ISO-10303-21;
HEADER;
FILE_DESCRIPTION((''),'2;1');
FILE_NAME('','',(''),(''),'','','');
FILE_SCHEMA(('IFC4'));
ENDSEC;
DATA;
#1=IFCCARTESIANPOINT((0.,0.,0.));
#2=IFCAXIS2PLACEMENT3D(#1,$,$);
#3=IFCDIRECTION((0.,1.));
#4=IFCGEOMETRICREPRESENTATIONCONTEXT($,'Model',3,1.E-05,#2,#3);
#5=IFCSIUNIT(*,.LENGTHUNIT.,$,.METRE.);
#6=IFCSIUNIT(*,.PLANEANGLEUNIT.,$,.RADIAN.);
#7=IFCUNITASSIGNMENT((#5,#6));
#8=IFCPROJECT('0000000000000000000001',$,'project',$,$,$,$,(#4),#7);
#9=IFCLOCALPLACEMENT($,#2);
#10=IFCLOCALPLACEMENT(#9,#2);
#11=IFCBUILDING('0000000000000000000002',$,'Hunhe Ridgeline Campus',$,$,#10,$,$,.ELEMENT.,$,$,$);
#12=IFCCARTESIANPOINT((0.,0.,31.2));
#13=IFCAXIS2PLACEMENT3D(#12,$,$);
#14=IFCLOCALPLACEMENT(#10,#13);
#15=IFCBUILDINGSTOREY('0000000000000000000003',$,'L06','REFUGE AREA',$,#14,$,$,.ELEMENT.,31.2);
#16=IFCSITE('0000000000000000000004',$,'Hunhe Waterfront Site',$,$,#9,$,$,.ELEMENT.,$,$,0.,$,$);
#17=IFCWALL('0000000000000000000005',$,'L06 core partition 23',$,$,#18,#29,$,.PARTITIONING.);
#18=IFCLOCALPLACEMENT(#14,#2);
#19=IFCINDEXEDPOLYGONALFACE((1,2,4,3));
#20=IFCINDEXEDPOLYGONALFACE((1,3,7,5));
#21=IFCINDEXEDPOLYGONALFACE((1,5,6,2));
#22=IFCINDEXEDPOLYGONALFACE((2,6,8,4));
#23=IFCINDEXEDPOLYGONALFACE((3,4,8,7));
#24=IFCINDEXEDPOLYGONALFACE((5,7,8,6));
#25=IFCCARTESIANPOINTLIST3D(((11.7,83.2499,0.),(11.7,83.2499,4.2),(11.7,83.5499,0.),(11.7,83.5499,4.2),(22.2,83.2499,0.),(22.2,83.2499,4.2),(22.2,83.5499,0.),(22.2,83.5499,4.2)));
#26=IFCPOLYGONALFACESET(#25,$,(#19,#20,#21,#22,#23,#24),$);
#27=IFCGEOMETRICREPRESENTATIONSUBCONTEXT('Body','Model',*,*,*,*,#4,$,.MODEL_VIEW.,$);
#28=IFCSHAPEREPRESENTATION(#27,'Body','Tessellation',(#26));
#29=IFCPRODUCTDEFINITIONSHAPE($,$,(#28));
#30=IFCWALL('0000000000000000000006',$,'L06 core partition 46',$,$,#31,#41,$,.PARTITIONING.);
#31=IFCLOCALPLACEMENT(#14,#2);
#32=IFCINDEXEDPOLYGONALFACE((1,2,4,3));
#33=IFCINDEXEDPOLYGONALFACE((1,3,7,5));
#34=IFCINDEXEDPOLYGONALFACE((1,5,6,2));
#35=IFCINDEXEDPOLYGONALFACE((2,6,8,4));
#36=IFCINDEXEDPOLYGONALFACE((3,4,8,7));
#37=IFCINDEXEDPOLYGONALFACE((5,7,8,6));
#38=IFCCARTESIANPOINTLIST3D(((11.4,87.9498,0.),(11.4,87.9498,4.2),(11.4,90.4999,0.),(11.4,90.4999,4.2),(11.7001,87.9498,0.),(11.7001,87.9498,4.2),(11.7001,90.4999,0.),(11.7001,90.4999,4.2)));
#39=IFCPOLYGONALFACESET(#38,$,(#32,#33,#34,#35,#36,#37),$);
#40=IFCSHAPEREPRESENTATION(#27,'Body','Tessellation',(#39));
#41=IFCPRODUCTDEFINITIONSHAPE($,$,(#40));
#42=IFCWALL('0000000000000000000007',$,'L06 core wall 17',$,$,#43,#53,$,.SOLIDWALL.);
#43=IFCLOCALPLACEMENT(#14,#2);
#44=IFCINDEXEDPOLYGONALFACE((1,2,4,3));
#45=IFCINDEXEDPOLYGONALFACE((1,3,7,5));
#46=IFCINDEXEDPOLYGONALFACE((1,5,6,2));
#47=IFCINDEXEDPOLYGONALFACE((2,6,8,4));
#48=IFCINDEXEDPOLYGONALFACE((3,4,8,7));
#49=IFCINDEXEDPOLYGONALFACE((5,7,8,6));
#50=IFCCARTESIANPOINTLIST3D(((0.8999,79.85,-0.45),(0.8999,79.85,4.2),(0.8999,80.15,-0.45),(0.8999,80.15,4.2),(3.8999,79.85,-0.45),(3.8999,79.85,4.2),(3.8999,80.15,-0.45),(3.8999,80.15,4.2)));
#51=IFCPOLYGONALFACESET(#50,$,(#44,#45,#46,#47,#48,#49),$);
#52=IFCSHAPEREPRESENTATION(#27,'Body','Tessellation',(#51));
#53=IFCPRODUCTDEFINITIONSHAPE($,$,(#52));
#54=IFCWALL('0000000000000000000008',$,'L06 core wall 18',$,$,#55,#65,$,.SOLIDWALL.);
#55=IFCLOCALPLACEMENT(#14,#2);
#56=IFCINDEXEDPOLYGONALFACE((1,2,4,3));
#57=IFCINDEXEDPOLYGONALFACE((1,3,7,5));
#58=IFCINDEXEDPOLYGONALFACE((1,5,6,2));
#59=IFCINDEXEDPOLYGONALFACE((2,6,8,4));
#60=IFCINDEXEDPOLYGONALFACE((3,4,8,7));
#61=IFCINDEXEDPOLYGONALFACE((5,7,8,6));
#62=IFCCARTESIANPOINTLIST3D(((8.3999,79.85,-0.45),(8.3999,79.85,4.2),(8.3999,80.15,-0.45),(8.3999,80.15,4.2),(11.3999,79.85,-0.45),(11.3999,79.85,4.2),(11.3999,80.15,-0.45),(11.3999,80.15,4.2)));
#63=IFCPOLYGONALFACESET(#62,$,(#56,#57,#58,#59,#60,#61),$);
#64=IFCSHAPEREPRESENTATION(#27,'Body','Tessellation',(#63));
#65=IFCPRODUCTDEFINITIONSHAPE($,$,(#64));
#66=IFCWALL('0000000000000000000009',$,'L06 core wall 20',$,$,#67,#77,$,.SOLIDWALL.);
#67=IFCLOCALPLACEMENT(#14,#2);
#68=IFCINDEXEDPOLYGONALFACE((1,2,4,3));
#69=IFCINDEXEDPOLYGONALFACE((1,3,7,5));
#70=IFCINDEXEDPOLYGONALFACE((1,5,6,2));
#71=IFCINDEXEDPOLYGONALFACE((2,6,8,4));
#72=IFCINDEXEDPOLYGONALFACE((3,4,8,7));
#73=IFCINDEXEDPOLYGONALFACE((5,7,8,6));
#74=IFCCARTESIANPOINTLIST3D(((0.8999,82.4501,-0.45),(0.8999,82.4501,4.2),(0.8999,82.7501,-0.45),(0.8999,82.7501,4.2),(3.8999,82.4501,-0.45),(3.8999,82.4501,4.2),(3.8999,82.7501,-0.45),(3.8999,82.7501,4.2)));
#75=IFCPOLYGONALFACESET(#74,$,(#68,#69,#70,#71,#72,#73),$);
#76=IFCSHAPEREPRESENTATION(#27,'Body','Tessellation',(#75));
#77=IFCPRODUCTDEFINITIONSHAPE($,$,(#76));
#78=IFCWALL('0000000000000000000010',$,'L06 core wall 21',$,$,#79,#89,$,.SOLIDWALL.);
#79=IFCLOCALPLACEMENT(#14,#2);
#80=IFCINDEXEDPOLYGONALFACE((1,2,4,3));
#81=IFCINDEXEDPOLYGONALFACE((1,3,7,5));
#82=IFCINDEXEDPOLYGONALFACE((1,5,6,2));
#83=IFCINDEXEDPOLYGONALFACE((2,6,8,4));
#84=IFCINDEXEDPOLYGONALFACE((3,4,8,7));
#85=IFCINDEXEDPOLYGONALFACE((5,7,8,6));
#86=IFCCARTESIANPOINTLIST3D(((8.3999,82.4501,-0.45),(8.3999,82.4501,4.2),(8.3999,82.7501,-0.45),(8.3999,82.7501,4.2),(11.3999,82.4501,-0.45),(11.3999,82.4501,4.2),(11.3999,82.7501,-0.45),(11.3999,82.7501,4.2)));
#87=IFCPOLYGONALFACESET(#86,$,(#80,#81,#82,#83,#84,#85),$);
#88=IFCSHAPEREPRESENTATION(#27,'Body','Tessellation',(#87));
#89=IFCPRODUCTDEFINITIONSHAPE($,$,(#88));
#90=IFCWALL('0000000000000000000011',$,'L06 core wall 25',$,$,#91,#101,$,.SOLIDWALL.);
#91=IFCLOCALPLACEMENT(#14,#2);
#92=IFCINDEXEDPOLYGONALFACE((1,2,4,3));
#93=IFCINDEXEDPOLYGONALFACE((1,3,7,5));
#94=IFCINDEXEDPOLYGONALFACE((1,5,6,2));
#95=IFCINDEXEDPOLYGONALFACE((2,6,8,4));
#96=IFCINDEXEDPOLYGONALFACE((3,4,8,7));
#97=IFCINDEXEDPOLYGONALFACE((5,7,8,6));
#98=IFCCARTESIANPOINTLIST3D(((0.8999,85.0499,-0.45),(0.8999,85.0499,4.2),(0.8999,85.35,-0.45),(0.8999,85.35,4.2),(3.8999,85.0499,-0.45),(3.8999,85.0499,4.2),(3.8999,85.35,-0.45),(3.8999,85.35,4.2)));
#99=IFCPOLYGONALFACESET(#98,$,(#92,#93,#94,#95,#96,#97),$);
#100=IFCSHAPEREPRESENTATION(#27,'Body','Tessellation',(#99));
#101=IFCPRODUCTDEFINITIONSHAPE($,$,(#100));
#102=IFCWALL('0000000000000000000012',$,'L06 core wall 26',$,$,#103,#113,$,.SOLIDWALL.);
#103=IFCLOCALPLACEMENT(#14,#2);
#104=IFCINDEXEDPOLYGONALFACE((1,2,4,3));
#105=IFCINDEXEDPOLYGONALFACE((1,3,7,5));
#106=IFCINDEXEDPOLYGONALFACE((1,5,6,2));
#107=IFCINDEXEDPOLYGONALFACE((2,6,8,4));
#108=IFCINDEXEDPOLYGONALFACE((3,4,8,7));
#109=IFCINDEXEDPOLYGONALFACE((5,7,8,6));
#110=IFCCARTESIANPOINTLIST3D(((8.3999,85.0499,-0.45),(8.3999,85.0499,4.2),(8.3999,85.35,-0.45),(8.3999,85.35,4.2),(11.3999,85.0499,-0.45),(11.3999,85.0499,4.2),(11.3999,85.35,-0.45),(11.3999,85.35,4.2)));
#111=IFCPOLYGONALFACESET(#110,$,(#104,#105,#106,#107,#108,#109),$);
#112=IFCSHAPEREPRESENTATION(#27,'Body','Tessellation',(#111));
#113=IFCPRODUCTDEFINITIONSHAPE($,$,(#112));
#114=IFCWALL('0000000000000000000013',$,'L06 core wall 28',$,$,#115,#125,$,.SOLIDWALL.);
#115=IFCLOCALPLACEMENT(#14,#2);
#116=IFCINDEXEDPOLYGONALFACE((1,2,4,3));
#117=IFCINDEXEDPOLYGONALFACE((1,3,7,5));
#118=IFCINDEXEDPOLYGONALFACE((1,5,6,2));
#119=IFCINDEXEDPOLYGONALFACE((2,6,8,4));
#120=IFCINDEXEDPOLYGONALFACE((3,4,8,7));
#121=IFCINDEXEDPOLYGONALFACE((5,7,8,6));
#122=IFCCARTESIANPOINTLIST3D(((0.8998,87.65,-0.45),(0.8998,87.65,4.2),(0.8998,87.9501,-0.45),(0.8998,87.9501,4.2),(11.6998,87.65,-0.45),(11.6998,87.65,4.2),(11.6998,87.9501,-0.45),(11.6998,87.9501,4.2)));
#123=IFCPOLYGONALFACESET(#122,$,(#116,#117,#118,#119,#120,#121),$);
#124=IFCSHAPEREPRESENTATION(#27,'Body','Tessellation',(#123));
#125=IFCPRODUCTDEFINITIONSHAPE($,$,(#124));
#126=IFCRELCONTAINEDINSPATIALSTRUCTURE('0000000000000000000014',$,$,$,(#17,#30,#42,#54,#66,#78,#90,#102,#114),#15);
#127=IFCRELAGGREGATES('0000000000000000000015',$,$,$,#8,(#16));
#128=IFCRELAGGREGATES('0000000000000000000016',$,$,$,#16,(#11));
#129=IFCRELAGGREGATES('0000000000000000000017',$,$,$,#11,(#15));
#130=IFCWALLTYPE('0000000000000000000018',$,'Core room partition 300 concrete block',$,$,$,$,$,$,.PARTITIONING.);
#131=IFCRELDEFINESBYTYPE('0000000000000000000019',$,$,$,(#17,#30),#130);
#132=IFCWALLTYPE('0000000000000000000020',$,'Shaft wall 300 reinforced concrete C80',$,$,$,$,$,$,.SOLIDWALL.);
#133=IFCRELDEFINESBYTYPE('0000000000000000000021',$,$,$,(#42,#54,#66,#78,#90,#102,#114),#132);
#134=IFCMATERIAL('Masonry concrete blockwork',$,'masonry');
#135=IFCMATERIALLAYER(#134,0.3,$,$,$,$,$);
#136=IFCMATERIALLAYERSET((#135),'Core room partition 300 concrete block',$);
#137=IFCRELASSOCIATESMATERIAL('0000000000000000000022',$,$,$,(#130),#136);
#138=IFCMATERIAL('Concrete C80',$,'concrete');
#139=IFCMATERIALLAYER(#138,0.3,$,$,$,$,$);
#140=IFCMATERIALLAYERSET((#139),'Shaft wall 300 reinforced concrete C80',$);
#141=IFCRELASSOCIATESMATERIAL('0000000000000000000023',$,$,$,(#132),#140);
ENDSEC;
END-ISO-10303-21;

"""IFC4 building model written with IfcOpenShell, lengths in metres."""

from ifc_helpers import new_model, si_unit, direction, frame, frame_2d, origin, place, context, subcontext, project, spatial, rectangle, extrude, material, layer, layer_set, type_object, element, save


model = new_model("IFC4")

# Units and contexts
model_context = context("Model", 3, precision=1e-05, world=origin(), true_north=direction((0.0, 1.0)))
body_context = subcontext(model_context, "Body", "Model", "MODEL_VIEW")
ifc_project = project(units=[si_unit("LENGTHUNIT", "METRE"), si_unit("PLANEANGLEUNIT", "RADIAN")], contexts=[model_context])

# Site, building, storey
site_placement = place(None, origin())
site = spatial("IfcSite", under=ifc_project, at=site_placement, Name="Hunhe Waterfront Site", CompositionType="ELEMENT", RefElevation=0.0)
building_placement = place(site_placement, origin())
building = spatial("IfcBuilding", under=site, at=building_placement, Name="Hunhe Ridgeline Campus", CompositionType="ELEMENT")
storey_placement = place(building_placement, frame((0.0, 0.0, 31.2)))
storey = spatial("IfcBuildingStorey", under=building, at=storey_placement, Name="L06", Description="REFUGE AREA", CompositionType="ELEMENT", Elevation=31.2)

# Walls
ifc_material_1 = material(Name="Masonry concrete blockwork", Category="masonry")
ifc_layer_1 = layer(ifc_material_1, 0.3)
ifc_layer_set_1 = layer_set([ifc_layer_1], Name="Core room partition 300 concrete block")
wall_type_1 = type_object("IfcWallType", Name="Core room partition 300 concrete block", PredefinedType="PARTITIONING", material=ifc_layer_set_1)
wall_1_placement = place(storey_placement, frame((11.7, 83.3999, 0.0), z_axis=(0.0, 0.0, 1.0), x_axis=(1.0, 0.0, 0.0)))
element("IfcWall", 1, at=wall_1_placement, inside=storey, type_object=wall_type_1, Name="L06 core partition 23", PredefinedType="PARTITIONING", context=body_context, shape_type="SweptSolid", body=[
    extrude(rectangle(XDim=10.5, YDim=0.3, at=frame_2d((5.25, 0.0))), origin(), (0.0, 0.0, 1.0), 4.2),
])
wall_2_placement = place(storey_placement, frame((11.55, 87.95, 0.0), z_axis=(0.0, 0.0, 1.0), x_axis=(0.0, 1.0, 0.0)))
element("IfcWall", 2, at=wall_2_placement, inside=storey, type_object=wall_type_1, Name="L06 core partition 46", PredefinedType="PARTITIONING", context=body_context, shape_type="SweptSolid", body=[
    extrude(rectangle(XDim=2.55, YDim=0.3, at=frame_2d((1.2749, 0.0))), origin(), (0.0, 0.0, 1.0), 4.2),
])

# Shared definitions
ifc_material_2 = material(Name="Concrete C80", Category="concrete")

# Walls
ifc_layer_2 = layer(ifc_material_2, 0.3)
ifc_layer_set_2 = layer_set([ifc_layer_2], Name="Shaft wall 300 reinforced concrete C80")
wall_type_2 = type_object("IfcWallType", Name="Shaft wall 300 reinforced concrete C80", PredefinedType="SOLIDWALL", material=ifc_layer_set_2)
for number, where, z_axis, x_axis, name in (
    (3, (0.8999, 80.0, -0.45), (0.0, 0.0, 1.0), (1.0, 0.0, 0.0), "L06 core wall 17"),
    (4, (8.3999, 80.0, -0.45), (0.0, 0.0, 1.0), (1.0, 0.0, 0.0), "L06 core wall 18"),
    (5, (0.8999, 82.6001, -0.45), (0.0, 0.0, 1.0), (1.0, 0.0, 0.0), "L06 core wall 20"),
    (6, (8.3999, 82.6001, -0.45), (0.0, 0.0, 1.0), (1.0, 0.0, 0.0), "L06 core wall 21"),
    (7, (0.8999, 85.2, -0.45), (0.0, 0.0, 1.0), (1.0, 0.0, 0.0), "L06 core wall 25"),
    (8, (8.3999, 85.2, -0.45), (0.0, 0.0, 1.0), (1.0, 0.0, 0.0), "L06 core wall 26"),
):
    element("IfcWall", number, at=place(storey_placement, frame(where, z_axis=z_axis, x_axis=x_axis)), inside=storey, type_object=wall_type_2, Name=name, PredefinedType="SOLIDWALL", context=body_context, shape_type="SweptSolid", body=[
        extrude(rectangle(XDim=3.0, YDim=0.3, at=frame_2d((1.5, 0.0))), origin(), (0.0, 0.0, 1.0), 4.6499),
    ])
wall_3_placement = place(storey_placement, frame((0.8999, 87.8, -0.45), z_axis=(0.0, 0.0, 1.0), x_axis=(1.0, 0.0, 0.0)))
element("IfcWall", 9, at=wall_3_placement, inside=storey, type_object=wall_type_2, Name="L06 core wall 28", PredefinedType="SOLIDWALL", context=body_context, shape_type="SweptSolid", body=[
    extrude(rectangle(XDim=10.8, YDim=0.3, at=frame_2d((5.3999, 0.0))), origin(), (0.0, 0.0, 1.0), 4.6499),
])

save(model, "model.ifc")
